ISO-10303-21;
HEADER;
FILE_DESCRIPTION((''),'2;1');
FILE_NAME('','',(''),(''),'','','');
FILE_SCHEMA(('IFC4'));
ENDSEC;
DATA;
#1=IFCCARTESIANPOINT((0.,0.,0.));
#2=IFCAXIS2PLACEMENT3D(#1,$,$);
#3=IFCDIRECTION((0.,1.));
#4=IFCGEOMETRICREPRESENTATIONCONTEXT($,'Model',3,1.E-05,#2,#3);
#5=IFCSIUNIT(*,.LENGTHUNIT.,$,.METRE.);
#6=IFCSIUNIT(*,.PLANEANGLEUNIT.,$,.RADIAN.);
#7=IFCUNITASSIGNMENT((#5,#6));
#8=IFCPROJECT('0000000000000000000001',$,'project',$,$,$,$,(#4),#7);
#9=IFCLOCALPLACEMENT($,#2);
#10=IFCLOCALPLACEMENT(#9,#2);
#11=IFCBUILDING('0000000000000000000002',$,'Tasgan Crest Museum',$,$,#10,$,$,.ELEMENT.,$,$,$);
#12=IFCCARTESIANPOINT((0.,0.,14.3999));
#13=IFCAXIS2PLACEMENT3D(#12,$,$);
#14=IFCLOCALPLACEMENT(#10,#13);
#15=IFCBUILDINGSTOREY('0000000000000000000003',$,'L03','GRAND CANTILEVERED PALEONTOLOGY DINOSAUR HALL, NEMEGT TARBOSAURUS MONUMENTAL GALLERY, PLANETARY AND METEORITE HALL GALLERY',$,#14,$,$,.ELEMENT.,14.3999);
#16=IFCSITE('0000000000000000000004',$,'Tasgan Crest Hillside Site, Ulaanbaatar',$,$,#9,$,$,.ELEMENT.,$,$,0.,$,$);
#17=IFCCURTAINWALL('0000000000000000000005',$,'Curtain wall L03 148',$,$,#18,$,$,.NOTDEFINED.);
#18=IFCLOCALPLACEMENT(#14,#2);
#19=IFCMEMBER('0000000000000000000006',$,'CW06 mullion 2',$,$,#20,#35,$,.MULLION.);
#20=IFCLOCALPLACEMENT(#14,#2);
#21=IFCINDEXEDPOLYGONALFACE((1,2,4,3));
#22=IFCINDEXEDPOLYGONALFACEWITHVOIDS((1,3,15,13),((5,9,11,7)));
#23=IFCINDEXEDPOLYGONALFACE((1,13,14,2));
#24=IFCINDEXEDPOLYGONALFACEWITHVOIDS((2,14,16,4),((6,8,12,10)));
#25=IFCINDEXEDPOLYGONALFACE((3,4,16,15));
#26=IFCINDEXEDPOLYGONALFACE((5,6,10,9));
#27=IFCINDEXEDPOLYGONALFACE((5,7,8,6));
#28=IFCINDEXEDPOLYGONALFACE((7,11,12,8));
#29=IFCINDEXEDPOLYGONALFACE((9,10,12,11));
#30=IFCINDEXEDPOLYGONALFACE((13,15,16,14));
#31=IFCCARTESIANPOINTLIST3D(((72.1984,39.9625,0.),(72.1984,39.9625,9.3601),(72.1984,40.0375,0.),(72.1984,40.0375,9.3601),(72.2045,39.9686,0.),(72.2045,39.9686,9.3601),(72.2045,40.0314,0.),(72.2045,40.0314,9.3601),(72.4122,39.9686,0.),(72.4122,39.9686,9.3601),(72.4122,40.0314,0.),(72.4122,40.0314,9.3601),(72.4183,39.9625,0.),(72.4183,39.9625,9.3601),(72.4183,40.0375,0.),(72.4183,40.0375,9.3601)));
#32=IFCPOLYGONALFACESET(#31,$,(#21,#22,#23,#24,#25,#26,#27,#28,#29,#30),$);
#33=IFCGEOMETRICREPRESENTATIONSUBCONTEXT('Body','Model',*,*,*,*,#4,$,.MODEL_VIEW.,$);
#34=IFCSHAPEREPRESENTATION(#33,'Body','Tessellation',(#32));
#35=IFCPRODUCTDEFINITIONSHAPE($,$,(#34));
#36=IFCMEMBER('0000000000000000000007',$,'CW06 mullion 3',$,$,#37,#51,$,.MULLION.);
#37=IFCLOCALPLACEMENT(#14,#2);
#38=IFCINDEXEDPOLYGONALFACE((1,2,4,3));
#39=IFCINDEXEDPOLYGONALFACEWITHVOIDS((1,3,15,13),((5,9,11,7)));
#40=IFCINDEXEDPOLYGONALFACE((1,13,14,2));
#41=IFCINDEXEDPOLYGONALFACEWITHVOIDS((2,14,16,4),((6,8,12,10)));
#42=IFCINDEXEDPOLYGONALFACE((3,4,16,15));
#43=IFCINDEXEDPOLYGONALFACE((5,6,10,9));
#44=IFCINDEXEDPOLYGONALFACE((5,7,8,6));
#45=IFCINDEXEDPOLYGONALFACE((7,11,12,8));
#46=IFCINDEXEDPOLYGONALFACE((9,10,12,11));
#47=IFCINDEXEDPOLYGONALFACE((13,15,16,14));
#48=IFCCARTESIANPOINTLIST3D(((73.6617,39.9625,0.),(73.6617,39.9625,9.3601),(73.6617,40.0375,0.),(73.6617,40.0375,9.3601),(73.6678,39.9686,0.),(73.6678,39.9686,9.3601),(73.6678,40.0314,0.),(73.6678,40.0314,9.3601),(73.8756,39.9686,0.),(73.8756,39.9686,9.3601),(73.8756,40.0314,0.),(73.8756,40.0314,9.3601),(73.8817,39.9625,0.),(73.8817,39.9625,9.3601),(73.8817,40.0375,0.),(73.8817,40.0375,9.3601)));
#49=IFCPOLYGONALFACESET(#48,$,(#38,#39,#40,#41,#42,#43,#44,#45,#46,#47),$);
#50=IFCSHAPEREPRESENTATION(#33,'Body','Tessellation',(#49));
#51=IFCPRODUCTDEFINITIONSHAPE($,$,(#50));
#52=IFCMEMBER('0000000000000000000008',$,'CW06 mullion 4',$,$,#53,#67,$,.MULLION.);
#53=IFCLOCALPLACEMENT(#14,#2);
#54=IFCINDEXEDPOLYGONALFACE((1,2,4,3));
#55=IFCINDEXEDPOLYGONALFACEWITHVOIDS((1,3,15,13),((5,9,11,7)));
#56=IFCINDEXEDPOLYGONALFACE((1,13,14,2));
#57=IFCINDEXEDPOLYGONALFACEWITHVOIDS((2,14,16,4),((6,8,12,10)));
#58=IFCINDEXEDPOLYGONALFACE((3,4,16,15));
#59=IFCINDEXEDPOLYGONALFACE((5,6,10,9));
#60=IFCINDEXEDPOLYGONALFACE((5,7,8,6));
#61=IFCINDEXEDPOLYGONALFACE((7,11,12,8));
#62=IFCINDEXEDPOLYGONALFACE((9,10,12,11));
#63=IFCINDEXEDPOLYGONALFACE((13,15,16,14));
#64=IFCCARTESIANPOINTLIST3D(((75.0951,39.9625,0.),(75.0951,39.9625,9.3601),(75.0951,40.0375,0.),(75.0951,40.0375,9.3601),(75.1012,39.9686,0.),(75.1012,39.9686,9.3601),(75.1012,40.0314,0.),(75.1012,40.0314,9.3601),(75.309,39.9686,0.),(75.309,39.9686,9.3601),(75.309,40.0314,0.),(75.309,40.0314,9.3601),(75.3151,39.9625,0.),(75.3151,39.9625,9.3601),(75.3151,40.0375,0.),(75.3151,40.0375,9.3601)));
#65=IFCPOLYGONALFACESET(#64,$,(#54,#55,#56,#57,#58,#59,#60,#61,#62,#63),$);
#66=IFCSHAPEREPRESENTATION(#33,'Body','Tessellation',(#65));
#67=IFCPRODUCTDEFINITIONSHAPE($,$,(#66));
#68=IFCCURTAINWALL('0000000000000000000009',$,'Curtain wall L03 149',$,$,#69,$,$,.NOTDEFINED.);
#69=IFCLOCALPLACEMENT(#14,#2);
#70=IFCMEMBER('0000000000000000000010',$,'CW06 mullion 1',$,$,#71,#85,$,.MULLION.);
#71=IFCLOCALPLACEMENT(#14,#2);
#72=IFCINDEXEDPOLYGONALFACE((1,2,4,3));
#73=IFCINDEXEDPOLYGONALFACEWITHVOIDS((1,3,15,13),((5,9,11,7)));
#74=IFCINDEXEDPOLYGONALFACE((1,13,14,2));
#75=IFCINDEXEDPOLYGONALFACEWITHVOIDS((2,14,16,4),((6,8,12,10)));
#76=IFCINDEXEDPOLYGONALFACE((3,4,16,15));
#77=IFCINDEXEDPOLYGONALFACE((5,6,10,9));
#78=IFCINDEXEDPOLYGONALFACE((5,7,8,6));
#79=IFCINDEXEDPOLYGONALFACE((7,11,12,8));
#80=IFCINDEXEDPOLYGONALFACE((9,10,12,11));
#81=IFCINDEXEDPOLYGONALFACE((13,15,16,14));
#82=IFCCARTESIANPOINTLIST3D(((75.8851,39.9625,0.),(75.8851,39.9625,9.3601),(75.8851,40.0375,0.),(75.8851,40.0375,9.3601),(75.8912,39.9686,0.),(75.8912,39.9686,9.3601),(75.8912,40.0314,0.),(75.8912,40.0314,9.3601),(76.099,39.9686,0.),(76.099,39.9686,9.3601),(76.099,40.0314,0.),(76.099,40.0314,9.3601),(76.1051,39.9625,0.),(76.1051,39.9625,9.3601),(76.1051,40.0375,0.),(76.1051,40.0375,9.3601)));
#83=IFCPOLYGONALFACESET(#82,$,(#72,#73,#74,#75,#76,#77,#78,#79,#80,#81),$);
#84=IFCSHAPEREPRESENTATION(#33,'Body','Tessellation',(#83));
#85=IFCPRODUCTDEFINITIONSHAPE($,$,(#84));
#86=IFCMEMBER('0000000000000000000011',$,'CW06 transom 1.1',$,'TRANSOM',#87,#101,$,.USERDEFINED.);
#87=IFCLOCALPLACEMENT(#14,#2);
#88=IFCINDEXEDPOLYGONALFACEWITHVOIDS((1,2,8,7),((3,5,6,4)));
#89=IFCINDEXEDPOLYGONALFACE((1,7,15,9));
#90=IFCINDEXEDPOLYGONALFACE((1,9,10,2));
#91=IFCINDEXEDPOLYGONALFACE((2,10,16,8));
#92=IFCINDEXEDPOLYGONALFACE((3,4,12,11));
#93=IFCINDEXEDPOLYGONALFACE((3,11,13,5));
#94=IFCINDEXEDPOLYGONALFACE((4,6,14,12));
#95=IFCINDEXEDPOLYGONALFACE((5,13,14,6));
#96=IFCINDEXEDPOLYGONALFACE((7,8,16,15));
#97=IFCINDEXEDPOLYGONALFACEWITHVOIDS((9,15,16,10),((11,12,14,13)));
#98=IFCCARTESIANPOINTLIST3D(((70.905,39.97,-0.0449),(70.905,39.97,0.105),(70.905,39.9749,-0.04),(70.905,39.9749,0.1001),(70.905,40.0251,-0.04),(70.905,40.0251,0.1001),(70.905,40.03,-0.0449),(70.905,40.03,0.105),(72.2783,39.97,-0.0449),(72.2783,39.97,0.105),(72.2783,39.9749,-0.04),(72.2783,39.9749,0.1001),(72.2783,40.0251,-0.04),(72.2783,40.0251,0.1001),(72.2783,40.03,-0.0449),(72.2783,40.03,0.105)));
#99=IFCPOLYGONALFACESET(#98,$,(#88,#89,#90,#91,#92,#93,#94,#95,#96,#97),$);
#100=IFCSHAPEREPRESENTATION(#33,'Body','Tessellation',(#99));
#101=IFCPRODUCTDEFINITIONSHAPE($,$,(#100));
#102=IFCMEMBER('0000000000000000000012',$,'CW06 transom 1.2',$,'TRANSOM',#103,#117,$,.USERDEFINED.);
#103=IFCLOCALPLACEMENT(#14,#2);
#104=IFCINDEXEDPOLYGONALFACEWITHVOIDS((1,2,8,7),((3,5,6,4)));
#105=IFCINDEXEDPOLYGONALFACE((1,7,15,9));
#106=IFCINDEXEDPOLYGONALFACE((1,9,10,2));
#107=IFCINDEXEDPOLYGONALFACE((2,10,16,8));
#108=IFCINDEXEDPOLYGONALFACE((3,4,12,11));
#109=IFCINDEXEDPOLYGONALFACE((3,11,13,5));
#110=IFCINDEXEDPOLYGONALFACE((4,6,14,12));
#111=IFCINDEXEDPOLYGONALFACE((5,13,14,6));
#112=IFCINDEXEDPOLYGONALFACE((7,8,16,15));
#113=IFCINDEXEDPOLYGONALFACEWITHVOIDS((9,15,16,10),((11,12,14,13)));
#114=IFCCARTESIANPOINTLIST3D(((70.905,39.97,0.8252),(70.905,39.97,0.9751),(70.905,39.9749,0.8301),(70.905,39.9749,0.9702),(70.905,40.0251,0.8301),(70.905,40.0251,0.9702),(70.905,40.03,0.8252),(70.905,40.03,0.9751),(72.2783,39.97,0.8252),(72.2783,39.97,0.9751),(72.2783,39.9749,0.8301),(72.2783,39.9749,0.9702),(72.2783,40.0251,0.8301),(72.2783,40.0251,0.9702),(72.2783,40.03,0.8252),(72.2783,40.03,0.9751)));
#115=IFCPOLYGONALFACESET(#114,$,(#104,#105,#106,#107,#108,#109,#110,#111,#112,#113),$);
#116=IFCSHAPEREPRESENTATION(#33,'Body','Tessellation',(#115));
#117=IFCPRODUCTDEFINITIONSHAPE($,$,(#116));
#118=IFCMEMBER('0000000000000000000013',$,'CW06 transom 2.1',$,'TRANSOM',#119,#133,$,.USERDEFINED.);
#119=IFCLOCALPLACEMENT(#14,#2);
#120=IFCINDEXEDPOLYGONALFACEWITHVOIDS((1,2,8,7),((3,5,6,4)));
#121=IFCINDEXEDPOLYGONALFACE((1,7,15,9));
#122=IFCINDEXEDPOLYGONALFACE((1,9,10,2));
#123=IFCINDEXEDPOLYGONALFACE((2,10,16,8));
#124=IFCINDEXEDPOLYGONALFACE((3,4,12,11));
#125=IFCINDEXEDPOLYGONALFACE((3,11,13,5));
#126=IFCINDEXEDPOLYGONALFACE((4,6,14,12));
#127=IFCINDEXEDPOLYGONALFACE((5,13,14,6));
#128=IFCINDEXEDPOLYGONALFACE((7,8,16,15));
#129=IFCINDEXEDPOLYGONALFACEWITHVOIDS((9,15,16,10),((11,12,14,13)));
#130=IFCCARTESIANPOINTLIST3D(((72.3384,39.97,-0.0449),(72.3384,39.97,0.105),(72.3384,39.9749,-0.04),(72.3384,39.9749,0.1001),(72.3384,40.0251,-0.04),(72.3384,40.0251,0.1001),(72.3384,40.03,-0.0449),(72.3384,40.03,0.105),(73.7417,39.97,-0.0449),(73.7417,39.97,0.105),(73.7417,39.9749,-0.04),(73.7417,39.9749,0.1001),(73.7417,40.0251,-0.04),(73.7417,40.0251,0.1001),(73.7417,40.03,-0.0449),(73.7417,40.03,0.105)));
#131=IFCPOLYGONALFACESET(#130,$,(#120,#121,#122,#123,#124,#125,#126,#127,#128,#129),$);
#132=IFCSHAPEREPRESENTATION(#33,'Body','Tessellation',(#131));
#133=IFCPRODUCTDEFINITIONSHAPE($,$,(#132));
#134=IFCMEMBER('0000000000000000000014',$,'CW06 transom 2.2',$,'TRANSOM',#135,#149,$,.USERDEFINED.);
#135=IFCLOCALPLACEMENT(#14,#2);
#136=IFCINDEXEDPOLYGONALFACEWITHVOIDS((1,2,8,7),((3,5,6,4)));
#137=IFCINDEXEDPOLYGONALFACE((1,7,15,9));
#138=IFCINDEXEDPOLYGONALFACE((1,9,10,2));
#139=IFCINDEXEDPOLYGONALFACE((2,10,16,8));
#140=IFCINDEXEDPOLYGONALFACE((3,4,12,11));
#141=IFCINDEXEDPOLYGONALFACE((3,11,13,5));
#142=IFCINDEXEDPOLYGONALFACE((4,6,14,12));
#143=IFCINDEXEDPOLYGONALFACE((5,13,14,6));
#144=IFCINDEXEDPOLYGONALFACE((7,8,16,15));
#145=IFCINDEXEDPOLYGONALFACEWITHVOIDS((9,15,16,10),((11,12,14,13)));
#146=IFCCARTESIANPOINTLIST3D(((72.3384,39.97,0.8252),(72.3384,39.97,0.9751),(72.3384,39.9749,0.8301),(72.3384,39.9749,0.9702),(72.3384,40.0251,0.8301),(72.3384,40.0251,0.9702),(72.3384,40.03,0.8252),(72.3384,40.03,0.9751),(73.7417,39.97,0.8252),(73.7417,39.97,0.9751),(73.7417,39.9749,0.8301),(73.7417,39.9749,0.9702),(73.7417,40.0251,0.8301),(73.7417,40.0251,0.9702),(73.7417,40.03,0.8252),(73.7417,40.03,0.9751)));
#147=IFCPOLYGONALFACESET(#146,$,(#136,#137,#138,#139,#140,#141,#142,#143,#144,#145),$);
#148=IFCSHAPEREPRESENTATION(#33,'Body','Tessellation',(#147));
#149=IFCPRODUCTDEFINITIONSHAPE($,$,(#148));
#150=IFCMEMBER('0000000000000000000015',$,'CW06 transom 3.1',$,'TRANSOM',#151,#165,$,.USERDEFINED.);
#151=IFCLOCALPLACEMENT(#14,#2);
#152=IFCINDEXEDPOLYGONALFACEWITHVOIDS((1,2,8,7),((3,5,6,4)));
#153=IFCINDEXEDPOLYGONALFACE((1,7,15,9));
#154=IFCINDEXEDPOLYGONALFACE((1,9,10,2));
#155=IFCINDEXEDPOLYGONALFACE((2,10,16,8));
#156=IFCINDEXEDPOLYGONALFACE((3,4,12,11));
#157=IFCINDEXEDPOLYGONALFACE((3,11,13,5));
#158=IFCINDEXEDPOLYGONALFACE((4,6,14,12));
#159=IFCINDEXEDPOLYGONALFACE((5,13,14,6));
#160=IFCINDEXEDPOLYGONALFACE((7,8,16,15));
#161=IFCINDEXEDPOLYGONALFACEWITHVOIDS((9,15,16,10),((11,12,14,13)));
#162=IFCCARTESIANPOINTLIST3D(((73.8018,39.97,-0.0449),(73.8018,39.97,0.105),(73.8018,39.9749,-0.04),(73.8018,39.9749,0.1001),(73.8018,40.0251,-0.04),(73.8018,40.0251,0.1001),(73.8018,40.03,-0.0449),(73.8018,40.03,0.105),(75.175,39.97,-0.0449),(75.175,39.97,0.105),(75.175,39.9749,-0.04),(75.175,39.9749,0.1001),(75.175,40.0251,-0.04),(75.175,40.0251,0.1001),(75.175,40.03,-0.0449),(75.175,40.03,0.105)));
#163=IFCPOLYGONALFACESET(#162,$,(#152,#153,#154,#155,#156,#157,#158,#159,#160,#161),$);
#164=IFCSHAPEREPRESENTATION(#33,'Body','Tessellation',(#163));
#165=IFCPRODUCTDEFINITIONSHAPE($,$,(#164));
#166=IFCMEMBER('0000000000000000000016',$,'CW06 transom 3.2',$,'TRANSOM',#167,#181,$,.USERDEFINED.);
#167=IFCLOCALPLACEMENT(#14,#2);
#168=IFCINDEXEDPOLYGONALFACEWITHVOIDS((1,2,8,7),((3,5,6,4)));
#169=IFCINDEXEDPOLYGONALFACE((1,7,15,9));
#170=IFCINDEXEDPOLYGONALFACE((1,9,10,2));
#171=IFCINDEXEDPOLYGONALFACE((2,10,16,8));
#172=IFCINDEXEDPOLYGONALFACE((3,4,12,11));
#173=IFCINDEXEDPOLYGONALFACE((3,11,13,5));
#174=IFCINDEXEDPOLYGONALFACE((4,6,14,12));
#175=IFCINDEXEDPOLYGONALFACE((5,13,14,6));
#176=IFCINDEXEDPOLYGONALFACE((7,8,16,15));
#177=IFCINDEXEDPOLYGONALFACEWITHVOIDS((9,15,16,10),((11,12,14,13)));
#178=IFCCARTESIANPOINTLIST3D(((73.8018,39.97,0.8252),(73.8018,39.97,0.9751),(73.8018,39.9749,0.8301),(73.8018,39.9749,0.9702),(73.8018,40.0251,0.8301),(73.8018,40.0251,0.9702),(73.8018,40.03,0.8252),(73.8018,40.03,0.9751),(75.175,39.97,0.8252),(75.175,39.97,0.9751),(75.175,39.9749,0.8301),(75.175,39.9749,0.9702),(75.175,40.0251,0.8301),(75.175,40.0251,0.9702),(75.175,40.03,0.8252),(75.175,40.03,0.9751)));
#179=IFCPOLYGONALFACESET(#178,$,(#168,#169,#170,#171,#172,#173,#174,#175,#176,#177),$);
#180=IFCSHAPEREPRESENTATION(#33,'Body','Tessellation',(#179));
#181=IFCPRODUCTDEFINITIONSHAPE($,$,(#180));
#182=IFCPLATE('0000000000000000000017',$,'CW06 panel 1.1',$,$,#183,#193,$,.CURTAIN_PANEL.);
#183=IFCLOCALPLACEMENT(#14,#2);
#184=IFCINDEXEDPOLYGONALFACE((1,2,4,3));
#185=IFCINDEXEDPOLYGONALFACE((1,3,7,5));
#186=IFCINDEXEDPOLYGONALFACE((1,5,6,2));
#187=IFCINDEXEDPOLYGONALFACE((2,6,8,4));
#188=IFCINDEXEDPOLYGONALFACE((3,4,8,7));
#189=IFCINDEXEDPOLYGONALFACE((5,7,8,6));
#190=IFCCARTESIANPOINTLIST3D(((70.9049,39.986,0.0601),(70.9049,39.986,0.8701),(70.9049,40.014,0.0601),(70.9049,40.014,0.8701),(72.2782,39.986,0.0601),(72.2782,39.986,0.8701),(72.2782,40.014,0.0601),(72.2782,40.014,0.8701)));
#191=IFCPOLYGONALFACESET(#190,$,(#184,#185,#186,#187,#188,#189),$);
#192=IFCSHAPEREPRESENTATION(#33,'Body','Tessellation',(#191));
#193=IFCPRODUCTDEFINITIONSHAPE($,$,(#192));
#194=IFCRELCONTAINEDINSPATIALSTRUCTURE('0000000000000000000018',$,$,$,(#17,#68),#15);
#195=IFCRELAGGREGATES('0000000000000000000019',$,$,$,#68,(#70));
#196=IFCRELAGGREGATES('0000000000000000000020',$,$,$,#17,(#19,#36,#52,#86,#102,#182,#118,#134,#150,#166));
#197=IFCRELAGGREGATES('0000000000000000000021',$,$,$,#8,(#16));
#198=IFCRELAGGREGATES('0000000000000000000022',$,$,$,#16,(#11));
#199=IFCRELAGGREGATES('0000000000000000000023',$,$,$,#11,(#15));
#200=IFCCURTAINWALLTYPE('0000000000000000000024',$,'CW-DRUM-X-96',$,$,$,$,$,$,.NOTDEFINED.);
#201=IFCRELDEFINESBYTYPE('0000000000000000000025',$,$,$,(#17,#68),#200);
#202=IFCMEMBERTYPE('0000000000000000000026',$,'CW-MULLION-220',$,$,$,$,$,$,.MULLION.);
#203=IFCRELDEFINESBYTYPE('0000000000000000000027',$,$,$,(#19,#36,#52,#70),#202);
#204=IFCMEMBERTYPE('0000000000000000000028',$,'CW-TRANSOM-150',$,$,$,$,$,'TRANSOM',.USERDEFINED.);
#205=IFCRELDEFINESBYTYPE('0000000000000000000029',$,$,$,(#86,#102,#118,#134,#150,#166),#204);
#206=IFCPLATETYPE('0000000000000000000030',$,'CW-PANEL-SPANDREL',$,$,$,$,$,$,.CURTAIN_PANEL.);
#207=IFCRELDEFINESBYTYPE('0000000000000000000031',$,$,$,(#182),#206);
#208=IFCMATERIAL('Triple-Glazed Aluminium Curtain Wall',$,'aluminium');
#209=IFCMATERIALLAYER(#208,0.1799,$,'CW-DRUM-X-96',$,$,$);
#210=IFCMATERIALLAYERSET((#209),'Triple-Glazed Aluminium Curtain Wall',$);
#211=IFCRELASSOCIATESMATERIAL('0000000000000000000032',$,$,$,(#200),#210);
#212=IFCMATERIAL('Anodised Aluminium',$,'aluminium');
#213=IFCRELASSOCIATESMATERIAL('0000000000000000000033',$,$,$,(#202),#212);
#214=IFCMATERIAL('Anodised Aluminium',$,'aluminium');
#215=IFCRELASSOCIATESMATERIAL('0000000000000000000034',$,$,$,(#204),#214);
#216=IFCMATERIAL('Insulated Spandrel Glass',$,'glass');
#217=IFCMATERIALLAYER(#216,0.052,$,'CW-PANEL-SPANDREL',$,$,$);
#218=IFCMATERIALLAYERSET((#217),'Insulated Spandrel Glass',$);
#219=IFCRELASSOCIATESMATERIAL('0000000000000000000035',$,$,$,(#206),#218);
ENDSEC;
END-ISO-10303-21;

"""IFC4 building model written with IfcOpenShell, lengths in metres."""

from ifc_helpers import new_model, si_unit, direction, frame, origin, origin_2d, place, context, subcontext, project, spatial, rectangle, hollow_rectangle, extrude, material, layer, layer_set, material_profile, profile_set, type_object, element, aggregate, save


model = new_model("IFC4")

# Units and contexts
model_context = context("Model", 3, precision=1e-05, world=origin(), true_north=direction((0.0, 1.0)))
body_context = subcontext(model_context, "Body", "Model", "MODEL_VIEW")
ifc_project = project(units=[si_unit("LENGTHUNIT", "METRE"), si_unit("PLANEANGLEUNIT", "RADIAN")], contexts=[model_context])

# Site, building, storey
site_placement = place(None, origin())
site = spatial("IfcSite", under=ifc_project, at=site_placement, Name="Tasgan Crest Hillside Site, Ulaanbaatar", CompositionType="ELEMENT", RefElevation=0.0)
building_placement = place(site_placement, origin())
building = spatial("IfcBuilding", under=site, at=building_placement, Name="Tasgan Crest Museum", CompositionType="ELEMENT")
storey_placement = place(building_placement, frame((0.0, 0.0, 14.3999)))
storey = spatial("IfcBuildingStorey", under=building, at=storey_placement, Name="L03", Description="GRAND CANTILEVERED PALEONTOLOGY DINOSAUR HALL, NEMEGT TARBOSAURUS MONUMENTAL GALLERY, PLANETARY AND METEORITE HALL GALLERY", CompositionType="ELEMENT", Elevation=14.3999)

# Curtain wall, members
ifc_material_1 = material(Name="Triple-Glazed Aluminium Curtain Wall", Category="aluminium")
ifc_layer_1 = layer(ifc_material_1, 0.1799, Name="CW-DRUM-X-96")
ifc_layer_set_1 = layer_set([ifc_layer_1], Name="Triple-Glazed Aluminium Curtain Wall")
curtain_wall_type = type_object("IfcCurtainWallType", Name="CW-DRUM-X-96", PredefinedType="NOTDEFINED", material=ifc_layer_set_1)
curtain_wall_1_placement = place(storey_placement, origin())
curtain_wall_1 = element("IfcCurtainWall", 1, at=curtain_wall_1_placement, inside=storey, type_object=curtain_wall_type, Name="Curtain wall L03 148", PredefinedType="NOTDEFINED")
ifc_material_2 = material(Name="Anodised Aluminium", Category="aluminium")
ifc_material_profile_1 = material_profile(ifc_material_2, hollow_rectangle(XDim=0.075, YDim=0.22, WallThickness=0.0061, at=origin_2d()), Name="ALU MULLION 220x75x6")
ifc_profile_set_1 = profile_set([ifc_material_profile_1], Name="Anodised Aluminium")
member_type_1 = type_object("IfcMemberType", Name="CW-MULLION-220", PredefinedType="MULLION", material=ifc_profile_set_1)
member_1_placement = place(storey_placement, frame((72.3083, 40.0, 0.0), z_axis=(0.0, 0.0, 1.0), x_axis=(0.0, 1.0, 0.0)))
member_1 = element("IfcMember", 2, at=member_1_placement, type_object=member_type_1, Name="CW06 mullion 2", PredefinedType="MULLION", context=body_context, shape_type="SweptSolid", body=[
    extrude(hollow_rectangle(XDim=0.075, YDim=0.22, WallThickness=0.0061, at=origin_2d()), origin(), (0.0, 0.0, 1.0), 9.3601),
])
member_2_placement = place(storey_placement, frame((73.7717, 40.0, 0.0), z_axis=(0.0, 0.0, 1.0), x_axis=(0.0, 1.0, 0.0)))
member_2 = element("IfcMember", 3, at=member_2_placement, type_object=member_type_1, Name="CW06 mullion 3", PredefinedType="MULLION", context=body_context, shape_type="SweptSolid", body=[
    extrude(hollow_rectangle(XDim=0.075, YDim=0.22, WallThickness=0.0061, at=origin_2d()), origin(), (0.0, 0.0, 1.0), 9.3601),
])
member_3_placement = place(storey_placement, frame((75.2051, 40.0, 0.0), z_axis=(0.0, 0.0, 1.0), x_axis=(0.0, 1.0, 0.0)))
member_3 = element("IfcMember", 4, at=member_3_placement, type_object=member_type_1, Name="CW06 mullion 4", PredefinedType="MULLION", context=body_context, shape_type="SweptSolid", body=[
    extrude(hollow_rectangle(XDim=0.075, YDim=0.22, WallThickness=0.0061, at=origin_2d()), origin(), (0.0, 0.0, 1.0), 9.3601),
])

# Curtain wall, member
curtain_wall_2_placement = place(storey_placement, origin())
curtain_wall_2 = element("IfcCurtainWall", 5, at=curtain_wall_2_placement, inside=storey, type_object=curtain_wall_type, Name="Curtain wall L03 149", PredefinedType="NOTDEFINED")
member_4_placement = place(storey_placement, frame((75.9951, 40.0, 0.0), z_axis=(0.0, 0.0, 1.0), x_axis=(0.0, 1.0, 0.0)))
member_4 = element("IfcMember", 6, at=member_4_placement, type_object=member_type_1, Name="CW06 mullion 1", PredefinedType="MULLION", context=body_context, shape_type="SweptSolid", body=[
    extrude(hollow_rectangle(XDim=0.075, YDim=0.22, WallThickness=0.0061, at=origin_2d()), origin(), (0.0, 0.0, 1.0), 9.3601),
])
aggregate(curtain_wall_2, [member_4])

# Members
ifc_material_3 = material(Name="Anodised Aluminium", Category="aluminium")
ifc_material_profile_2 = material_profile(ifc_material_3, hollow_rectangle(XDim=0.0601, YDim=0.1499, WallThickness=0.0049, at=origin_2d()), Name="ALU TRANSOM 150x60x5")
ifc_profile_set_2 = profile_set([ifc_material_profile_2], Name="Anodised Aluminium")
member_type_2 = type_object("IfcMemberType", Name="CW-TRANSOM-150", ElementType="TRANSOM", PredefinedType="USERDEFINED", material=ifc_profile_set_2)
member_5_placement = place(storey_placement, frame((70.905, 40.0, 0.03), z_axis=(1.0, 0.0, 0.0), x_axis=(0.0, 1.0, 0.0)))
member_5 = element("IfcMember", 7, at=member_5_placement, type_object=member_type_2, Name="CW06 transom 1.1", ObjectType="TRANSOM", PredefinedType="USERDEFINED", context=body_context, shape_type="SweptSolid", body=[
    extrude(hollow_rectangle(XDim=0.0601, YDim=0.1499, WallThickness=0.0049, at=origin_2d()), origin(), (0.0, 0.0, 1.0), 1.3733),
])
member_6_placement = place(storey_placement, frame((70.905, 40.0, 0.9001), z_axis=(1.0, 0.0, 0.0), x_axis=(0.0, 1.0, 0.0)))
member_6 = element("IfcMember", 8, at=member_6_placement, type_object=member_type_2, Name="CW06 transom 1.2", ObjectType="TRANSOM", PredefinedType="USERDEFINED", context=body_context, shape_type="SweptSolid", body=[
    extrude(hollow_rectangle(XDim=0.0601, YDim=0.1499, WallThickness=0.0049, at=origin_2d()), origin(), (0.0, 0.0, 1.0), 1.3733),
])
member_7_placement = place(storey_placement, frame((72.3384, 40.0, 0.03), z_axis=(1.0, 0.0, 0.0), x_axis=(0.0, 1.0, 0.0)))
member_7 = element("IfcMember", 9, at=member_7_placement, type_object=member_type_2, Name="CW06 transom 2.1", ObjectType="TRANSOM", PredefinedType="USERDEFINED", context=body_context, shape_type="SweptSolid", body=[
    extrude(hollow_rectangle(XDim=0.0601, YDim=0.1499, WallThickness=0.0049, at=origin_2d()), origin(), (0.0, 0.0, 1.0), 1.4033),
])
member_8_placement = place(storey_placement, frame((72.3384, 40.0, 0.9001), z_axis=(1.0, 0.0, 0.0), x_axis=(0.0, 1.0, 0.0)))
member_8 = element("IfcMember", 10, at=member_8_placement, type_object=member_type_2, Name="CW06 transom 2.2", ObjectType="TRANSOM", PredefinedType="USERDEFINED", context=body_context, shape_type="SweptSolid", body=[
    extrude(hollow_rectangle(XDim=0.0601, YDim=0.1499, WallThickness=0.0049, at=origin_2d()), origin(), (0.0, 0.0, 1.0), 1.4033),
])
member_9_placement = place(storey_placement, frame((73.8018, 40.0, 0.03), z_axis=(1.0, 0.0, 0.0), x_axis=(0.0, 1.0, 0.0)))
member_9 = element("IfcMember", 11, at=member_9_placement, type_object=member_type_2, Name="CW06 transom 3.1", ObjectType="TRANSOM", PredefinedType="USERDEFINED", context=body_context, shape_type="SweptSolid", body=[
    extrude(hollow_rectangle(XDim=0.0601, YDim=0.1499, WallThickness=0.0049, at=origin_2d()), origin(), (0.0, 0.0, 1.0), 1.3733),
])
member_10_placement = place(storey_placement, frame((73.8018, 40.0, 0.9001), z_axis=(1.0, 0.0, 0.0), x_axis=(0.0, 1.0, 0.0)))
member_10 = element("IfcMember", 12, at=member_10_placement, type_object=member_type_2, Name="CW06 transom 3.2", ObjectType="TRANSOM", PredefinedType="USERDEFINED", context=body_context, shape_type="SweptSolid", body=[
    extrude(hollow_rectangle(XDim=0.0601, YDim=0.1499, WallThickness=0.0049, at=origin_2d()), origin(), (0.0, 0.0, 1.0), 1.3733),
])

# Plate
ifc_material_4 = material(Name="Insulated Spandrel Glass", Category="glass")
ifc_layer_2 = layer(ifc_material_4, 0.052, Name="CW-PANEL-SPANDREL")
ifc_layer_set_2 = layer_set([ifc_layer_2], Name="Insulated Spandrel Glass")
plate_type_1 = type_object("IfcPlateType", Name="CW-PANEL-SPANDREL", PredefinedType="CURTAIN_PANEL", material=ifc_layer_set_2)
plate_1_placement = place(storey_placement, frame((71.5916, 40.0, 0.0601), z_axis=(0.0, 0.0, 1.0), x_axis=(1.0, 0.0, 0.0)))
plate_1 = element("IfcPlate", 13, at=plate_1_placement, type_object=plate_type_1, Name="CW06 panel 1.1", PredefinedType="CURTAIN_PANEL", context=body_context, shape_type="SweptSolid", body=[
    extrude(rectangle(XDim=1.3733, YDim=0.0281, at=origin_2d()), origin(), (0.0, 0.0, 1.0), 0.8101),
])
aggregate(curtain_wall_1, [member_1, member_2, member_3, member_5, member_6, plate_1, member_7, member_8, member_9, member_10])

save(model, "model.ifc")
